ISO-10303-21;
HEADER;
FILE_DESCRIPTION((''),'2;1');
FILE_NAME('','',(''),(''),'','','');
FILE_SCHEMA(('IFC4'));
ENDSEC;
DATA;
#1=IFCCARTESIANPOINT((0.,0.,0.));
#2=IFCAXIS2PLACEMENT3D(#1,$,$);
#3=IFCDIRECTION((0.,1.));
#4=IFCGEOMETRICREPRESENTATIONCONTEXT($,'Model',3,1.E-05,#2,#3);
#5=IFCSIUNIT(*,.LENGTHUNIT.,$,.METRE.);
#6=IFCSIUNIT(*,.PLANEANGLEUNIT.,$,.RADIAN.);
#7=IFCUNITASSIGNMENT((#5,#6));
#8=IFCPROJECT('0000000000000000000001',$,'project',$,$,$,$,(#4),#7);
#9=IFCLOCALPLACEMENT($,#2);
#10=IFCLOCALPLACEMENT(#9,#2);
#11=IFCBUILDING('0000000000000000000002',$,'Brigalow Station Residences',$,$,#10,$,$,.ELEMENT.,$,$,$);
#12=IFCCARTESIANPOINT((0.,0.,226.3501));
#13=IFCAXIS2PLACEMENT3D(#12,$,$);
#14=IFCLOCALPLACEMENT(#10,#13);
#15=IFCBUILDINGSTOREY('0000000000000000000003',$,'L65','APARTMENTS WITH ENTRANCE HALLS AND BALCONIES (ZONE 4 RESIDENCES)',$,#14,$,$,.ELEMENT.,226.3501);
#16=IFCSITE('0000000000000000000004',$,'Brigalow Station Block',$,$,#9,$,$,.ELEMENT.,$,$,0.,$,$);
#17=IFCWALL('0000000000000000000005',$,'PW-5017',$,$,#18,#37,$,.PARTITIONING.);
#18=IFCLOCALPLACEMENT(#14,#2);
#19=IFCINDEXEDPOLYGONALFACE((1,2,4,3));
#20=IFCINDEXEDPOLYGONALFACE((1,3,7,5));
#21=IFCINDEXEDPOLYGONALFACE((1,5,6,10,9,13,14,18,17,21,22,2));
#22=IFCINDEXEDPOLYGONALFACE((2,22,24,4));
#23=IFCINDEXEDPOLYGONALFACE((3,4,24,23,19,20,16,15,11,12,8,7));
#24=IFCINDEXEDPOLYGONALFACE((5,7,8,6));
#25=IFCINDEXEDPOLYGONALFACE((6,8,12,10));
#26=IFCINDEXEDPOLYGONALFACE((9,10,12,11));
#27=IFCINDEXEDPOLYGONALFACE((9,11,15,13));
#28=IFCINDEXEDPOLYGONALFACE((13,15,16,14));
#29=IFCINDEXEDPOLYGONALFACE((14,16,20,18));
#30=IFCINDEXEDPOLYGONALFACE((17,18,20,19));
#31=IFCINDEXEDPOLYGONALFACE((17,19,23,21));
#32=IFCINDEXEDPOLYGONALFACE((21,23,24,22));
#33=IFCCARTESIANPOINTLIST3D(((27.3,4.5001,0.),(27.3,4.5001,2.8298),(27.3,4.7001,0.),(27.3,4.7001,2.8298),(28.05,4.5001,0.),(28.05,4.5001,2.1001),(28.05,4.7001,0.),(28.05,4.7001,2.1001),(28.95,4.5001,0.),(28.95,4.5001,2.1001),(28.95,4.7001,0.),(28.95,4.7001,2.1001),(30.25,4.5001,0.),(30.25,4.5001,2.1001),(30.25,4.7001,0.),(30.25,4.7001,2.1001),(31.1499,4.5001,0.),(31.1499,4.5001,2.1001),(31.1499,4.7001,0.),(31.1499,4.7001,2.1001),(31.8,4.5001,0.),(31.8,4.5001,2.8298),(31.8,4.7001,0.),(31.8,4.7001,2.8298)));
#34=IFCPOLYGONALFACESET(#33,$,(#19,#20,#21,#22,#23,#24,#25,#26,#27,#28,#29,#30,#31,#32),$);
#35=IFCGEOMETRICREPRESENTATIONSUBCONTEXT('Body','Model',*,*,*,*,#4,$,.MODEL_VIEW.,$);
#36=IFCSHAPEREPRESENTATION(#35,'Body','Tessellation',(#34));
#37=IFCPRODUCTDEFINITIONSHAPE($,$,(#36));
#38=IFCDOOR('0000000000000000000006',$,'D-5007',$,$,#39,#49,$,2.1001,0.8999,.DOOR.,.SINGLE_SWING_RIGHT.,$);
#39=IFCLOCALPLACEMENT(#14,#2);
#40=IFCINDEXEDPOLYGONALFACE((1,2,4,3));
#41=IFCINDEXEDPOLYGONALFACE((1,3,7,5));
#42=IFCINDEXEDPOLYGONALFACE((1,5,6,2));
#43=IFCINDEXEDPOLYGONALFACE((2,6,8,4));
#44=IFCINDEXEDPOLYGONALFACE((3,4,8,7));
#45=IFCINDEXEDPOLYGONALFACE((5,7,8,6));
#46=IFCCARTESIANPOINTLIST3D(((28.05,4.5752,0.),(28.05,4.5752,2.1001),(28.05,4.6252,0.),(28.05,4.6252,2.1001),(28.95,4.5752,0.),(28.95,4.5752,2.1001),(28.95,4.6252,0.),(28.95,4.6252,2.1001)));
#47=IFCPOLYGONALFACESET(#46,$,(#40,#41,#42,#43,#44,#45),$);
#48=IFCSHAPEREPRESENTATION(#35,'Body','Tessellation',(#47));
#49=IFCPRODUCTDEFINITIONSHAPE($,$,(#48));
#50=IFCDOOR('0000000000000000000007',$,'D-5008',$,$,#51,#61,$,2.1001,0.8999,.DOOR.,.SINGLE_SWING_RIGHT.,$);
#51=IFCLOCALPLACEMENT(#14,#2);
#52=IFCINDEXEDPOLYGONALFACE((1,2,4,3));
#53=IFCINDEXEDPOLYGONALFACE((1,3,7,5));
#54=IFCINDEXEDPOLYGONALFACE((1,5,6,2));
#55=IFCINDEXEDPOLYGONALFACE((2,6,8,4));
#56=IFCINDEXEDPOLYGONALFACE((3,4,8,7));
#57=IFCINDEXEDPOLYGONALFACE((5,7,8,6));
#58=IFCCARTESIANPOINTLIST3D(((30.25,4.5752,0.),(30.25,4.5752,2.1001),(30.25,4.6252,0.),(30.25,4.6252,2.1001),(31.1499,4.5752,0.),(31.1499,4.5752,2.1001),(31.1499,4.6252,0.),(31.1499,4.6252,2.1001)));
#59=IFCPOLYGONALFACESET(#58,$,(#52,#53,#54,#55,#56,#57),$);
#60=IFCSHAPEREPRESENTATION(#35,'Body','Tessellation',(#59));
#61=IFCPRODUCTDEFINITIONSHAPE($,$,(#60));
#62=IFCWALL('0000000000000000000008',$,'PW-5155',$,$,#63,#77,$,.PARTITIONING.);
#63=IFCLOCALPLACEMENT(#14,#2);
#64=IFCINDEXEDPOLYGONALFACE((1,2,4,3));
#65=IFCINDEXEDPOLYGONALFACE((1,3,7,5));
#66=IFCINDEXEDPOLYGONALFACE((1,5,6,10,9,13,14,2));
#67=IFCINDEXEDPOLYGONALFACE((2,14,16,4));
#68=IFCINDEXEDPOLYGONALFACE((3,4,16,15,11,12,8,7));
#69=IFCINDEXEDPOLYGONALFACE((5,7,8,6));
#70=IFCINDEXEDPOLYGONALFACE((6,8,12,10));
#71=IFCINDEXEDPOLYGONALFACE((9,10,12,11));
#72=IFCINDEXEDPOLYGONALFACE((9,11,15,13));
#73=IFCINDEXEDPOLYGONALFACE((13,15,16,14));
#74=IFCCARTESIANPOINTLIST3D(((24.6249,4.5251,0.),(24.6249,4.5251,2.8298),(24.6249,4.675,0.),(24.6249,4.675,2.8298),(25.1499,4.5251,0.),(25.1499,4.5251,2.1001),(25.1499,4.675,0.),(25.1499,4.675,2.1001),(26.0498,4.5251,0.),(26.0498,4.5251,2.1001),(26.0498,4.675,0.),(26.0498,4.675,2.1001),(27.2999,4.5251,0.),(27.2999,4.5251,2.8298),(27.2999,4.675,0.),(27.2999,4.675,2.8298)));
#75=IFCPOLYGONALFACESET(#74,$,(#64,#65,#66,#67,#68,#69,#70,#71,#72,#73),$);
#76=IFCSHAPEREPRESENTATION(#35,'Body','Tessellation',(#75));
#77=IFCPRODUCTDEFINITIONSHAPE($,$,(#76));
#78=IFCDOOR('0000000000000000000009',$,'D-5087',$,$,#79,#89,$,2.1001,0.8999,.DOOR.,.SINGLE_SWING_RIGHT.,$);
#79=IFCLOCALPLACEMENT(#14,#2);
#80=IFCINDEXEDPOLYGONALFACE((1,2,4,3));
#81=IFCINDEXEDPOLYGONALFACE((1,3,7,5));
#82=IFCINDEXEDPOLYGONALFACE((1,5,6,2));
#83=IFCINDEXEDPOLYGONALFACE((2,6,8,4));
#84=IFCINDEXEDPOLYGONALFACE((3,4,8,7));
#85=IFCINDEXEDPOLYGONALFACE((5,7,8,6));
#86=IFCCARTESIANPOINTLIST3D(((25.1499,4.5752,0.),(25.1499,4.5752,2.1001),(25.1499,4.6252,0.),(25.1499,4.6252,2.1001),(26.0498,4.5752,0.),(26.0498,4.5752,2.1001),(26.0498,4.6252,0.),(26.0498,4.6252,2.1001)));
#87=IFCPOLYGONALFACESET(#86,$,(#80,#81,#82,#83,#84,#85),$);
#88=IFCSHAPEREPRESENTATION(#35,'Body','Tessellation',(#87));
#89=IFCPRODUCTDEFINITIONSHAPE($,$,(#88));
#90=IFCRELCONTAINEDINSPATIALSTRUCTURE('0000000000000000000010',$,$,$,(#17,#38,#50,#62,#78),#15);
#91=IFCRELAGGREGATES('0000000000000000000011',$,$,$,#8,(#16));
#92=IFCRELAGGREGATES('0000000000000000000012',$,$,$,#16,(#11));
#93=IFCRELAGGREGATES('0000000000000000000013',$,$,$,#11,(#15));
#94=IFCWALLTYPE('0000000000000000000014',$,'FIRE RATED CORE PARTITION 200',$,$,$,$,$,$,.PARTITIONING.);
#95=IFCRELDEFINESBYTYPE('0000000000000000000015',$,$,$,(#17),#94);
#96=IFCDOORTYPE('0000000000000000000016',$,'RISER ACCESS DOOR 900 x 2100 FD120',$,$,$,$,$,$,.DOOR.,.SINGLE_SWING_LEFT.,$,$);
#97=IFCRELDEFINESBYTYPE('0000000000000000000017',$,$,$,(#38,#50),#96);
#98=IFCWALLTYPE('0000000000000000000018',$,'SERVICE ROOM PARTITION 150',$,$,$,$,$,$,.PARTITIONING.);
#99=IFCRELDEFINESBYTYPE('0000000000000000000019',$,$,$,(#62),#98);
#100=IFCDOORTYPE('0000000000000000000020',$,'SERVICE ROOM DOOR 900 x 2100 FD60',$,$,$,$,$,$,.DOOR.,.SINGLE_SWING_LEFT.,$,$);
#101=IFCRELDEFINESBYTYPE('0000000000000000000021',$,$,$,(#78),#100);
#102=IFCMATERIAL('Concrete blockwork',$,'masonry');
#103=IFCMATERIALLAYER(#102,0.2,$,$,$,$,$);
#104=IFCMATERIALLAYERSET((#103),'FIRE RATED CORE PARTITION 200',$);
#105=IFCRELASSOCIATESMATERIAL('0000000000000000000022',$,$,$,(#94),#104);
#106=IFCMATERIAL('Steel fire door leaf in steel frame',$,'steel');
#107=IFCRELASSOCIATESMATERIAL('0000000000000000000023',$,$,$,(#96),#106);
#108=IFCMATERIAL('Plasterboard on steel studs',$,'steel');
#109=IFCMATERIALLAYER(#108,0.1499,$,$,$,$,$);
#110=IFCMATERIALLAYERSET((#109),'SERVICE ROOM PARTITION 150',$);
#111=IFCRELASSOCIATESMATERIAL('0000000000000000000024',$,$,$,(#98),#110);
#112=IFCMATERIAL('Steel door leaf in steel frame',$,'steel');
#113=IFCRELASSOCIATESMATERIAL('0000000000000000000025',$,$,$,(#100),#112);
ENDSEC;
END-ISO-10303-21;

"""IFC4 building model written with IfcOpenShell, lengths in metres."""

from ifc_helpers import new_model, si_unit, direction, frame, frame_2d, origin, place, context, subcontext, project, spatial, rectangle, extrude, material, layer, layer_set, type_object, element, fill, save


model = new_model("IFC4")

# Units and contexts
model_context = context("Model", 3, precision=1e-05, world=origin(), true_north=direction((0.0, 1.0)))
body_context = subcontext(model_context, "Body", "Model", "MODEL_VIEW")
ifc_project = project(units=[si_unit("LENGTHUNIT", "METRE"), si_unit("PLANEANGLEUNIT", "RADIAN")], contexts=[model_context])

# Site, building, storey
site_placement = place(None, origin())
site = spatial("IfcSite", under=ifc_project, at=site_placement, Name="Brigalow Station Block", CompositionType="ELEMENT", RefElevation=0.0)
building_placement = place(site_placement, origin())
building = spatial("IfcBuilding", under=site, at=building_placement, Name="Brigalow Station Residences", CompositionType="ELEMENT")
storey_placement = place(building_placement, frame((0.0, 0.0, 226.3501)))
storey = spatial("IfcBuildingStorey", under=building, at=storey_placement, Name="L65", Description="APARTMENTS WITH ENTRANCE HALLS AND BALCONIES (ZONE 4 RESIDENCES)", CompositionType="ELEMENT", Elevation=226.3501)

# Wall, openings, doors
ifc_material_1 = material(Name="Concrete blockwork", Category="masonry")
ifc_layer_1 = layer(ifc_material_1, 0.2)
ifc_layer_set_1 = layer_set([ifc_layer_1], Name="FIRE RATED CORE PARTITION 200")
wall_type_1 = type_object("IfcWallType", Name="FIRE RATED CORE PARTITION 200", PredefinedType="PARTITIONING", material=ifc_layer_set_1)
wall_1_placement = place(storey_placement, frame((27.3, 4.6001, 0.0), z_axis=(0.0, 0.0, 1.0), x_axis=(1.0, 0.0, 0.0)))
wall_1 = element("IfcWall", 1, at=wall_1_placement, inside=storey, type_object=wall_type_1, Name="PW-5017", PredefinedType="PARTITIONING", context=body_context, shape_type="SweptSolid", body=[
    extrude(rectangle(XDim=4.5, YDim=0.2, at=frame_2d((2.25, 0.0))), origin(), (0.0, 0.0, 1.0), 2.8298),
])
opening_1_placement = place(wall_1_placement, frame((0.75, 0.0, 0.0)))
opening_1 = element("IfcOpeningElement", 2, at=opening_1_placement, cuts=wall_1, PredefinedType="OPENING", context=body_context, shape_type="SweptSolid", body=[
    extrude(rectangle(XDim=0.8999, YDim=2.1001, at=frame_2d((0.45, 1.05))), frame((0.0, 0.1099, 0.0), z_axis=(0.0, -1.0, 0.0), x_axis=(1.0, 0.0, 0.0)), (0.0, 0.0, 1.0), 0.22),
])
opening_2_placement = place(wall_1_placement, frame((2.95, 0.0, 0.0)))
opening_2 = element("IfcOpeningElement", 3, at=opening_2_placement, cuts=wall_1, PredefinedType="OPENING", context=body_context, shape_type="SweptSolid", body=[
    extrude(rectangle(XDim=0.8999, YDim=2.1001, at=frame_2d((0.45, 1.05))), frame((0.0, 0.1099, 0.0), z_axis=(0.0, -1.0, 0.0), x_axis=(1.0, 0.0, 0.0)), (0.0, 0.0, 1.0), 0.22),
])
ifc_material_2 = material(Name="Steel fire door leaf in steel frame", Category="steel")
door_type_1 = type_object("IfcDoorType", Name="RISER ACCESS DOOR 900 x 2100 FD120", OperationType="SINGLE_SWING_LEFT", PredefinedType="DOOR", material=ifc_material_2)
door_1_placement = place(opening_1_placement, frame((0.8999, 0.0, 0.0), z_axis=(0.0, 0.0, 1.0), x_axis=(-1.0, 0.0, 0.0)))
door_1 = element("IfcDoor", 4, at=door_1_placement, inside=storey, type_object=door_type_1, Name="D-5007", OperationType="SINGLE_SWING_RIGHT", OverallHeight=2.1001, OverallWidth=0.8999, PredefinedType="DOOR", context=body_context, shape_type="SweptSolid", body=[
    extrude(rectangle(XDim=0.8999, YDim=2.1001, at=frame_2d((0.45, 1.05))), frame((0.0, 0.0249, 0.0), z_axis=(0.0, -1.0, 0.0), x_axis=(1.0, 0.0, 0.0)), (0.0, 0.0, 1.0), 0.05),
])
fill(opening_1, door_1)
door_2_placement = place(opening_2_placement, frame((0.8999, 0.0, 0.0), z_axis=(0.0, 0.0, 1.0), x_axis=(-1.0, 0.0, 0.0)))
door_2 = element("IfcDoor", 5, at=door_2_placement, inside=storey, type_object=door_type_1, Name="D-5008", OperationType="SINGLE_SWING_RIGHT", OverallHeight=2.1001, OverallWidth=0.8999, PredefinedType="DOOR", context=body_context, shape_type="SweptSolid", body=[
    extrude(rectangle(XDim=0.8999, YDim=2.1001, at=frame_2d((0.45, 1.05))), frame((0.0, 0.0249, 0.0), z_axis=(0.0, -1.0, 0.0), x_axis=(1.0, 0.0, 0.0)), (0.0, 0.0, 1.0), 0.05),
])
fill(opening_2, door_2)

# Wall, opening, door
ifc_material_3 = material(Name="Plasterboard on steel studs", Category="steel")
ifc_layer_2 = layer(ifc_material_3, 0.1499)
ifc_layer_set_2 = layer_set([ifc_layer_2], Name="SERVICE ROOM PARTITION 150")
wall_type_2 = type_object("IfcWallType", Name="SERVICE ROOM PARTITION 150", PredefinedType="PARTITIONING", material=ifc_layer_set_2)
wall_2_placement = place(storey_placement, frame((24.625, 4.6001, 0.0), z_axis=(0.0, 0.0, 1.0), x_axis=(1.0, 0.0, 0.0)))
wall_2 = element("IfcWall", 6, at=wall_2_placement, inside=storey, type_object=wall_type_2, Name="PW-5155", PredefinedType="PARTITIONING", context=body_context, shape_type="SweptSolid", body=[
    extrude(rectangle(XDim=2.675, YDim=0.1499, at=frame_2d((1.3374, 0.0))), origin(), (0.0, 0.0, 1.0), 2.8298),
])
opening_3_placement = place(wall_2_placement, frame((0.5249, 0.0, 0.0)))
opening_3 = element("IfcOpeningElement", 7, at=opening_3_placement, cuts=wall_2, PredefinedType="OPENING", context=body_context, shape_type="SweptSolid", body=[
    extrude(rectangle(XDim=0.8999, YDim=2.1001, at=frame_2d((0.45, 1.05))), frame((0.0, 0.085, 0.0), z_axis=(0.0, -1.0, 0.0), x_axis=(1.0, 0.0, 0.0)), (0.0, 0.0, 1.0), 0.1699),
])
ifc_material_4 = material(Name="Steel door leaf in steel frame", Category="steel")
door_type_2 = type_object("IfcDoorType", Name="SERVICE ROOM DOOR 900 x 2100 FD60", OperationType="SINGLE_SWING_LEFT", PredefinedType="DOOR", material=ifc_material_4)
door_3_placement = place(opening_3_placement, frame((0.8999, 0.0, 0.0), z_axis=(0.0, 0.0, 1.0), x_axis=(-1.0, 0.0, 0.0)))
door_3 = element("IfcDoor", 8, at=door_3_placement, inside=storey, type_object=door_type_2, Name="D-5087", OperationType="SINGLE_SWING_RIGHT", OverallHeight=2.1001, OverallWidth=0.8999, PredefinedType="DOOR", context=body_context, shape_type="SweptSolid", body=[
    extrude(rectangle(XDim=0.8999, YDim=2.1001, at=frame_2d((0.45, 1.05))), frame((0.0, 0.0249, 0.0), z_axis=(0.0, -1.0, 0.0), x_axis=(1.0, 0.0, 0.0)), (0.0, 0.0, 1.0), 0.05),
])
fill(opening_3, door_3)

save(model, "model.ifc")
